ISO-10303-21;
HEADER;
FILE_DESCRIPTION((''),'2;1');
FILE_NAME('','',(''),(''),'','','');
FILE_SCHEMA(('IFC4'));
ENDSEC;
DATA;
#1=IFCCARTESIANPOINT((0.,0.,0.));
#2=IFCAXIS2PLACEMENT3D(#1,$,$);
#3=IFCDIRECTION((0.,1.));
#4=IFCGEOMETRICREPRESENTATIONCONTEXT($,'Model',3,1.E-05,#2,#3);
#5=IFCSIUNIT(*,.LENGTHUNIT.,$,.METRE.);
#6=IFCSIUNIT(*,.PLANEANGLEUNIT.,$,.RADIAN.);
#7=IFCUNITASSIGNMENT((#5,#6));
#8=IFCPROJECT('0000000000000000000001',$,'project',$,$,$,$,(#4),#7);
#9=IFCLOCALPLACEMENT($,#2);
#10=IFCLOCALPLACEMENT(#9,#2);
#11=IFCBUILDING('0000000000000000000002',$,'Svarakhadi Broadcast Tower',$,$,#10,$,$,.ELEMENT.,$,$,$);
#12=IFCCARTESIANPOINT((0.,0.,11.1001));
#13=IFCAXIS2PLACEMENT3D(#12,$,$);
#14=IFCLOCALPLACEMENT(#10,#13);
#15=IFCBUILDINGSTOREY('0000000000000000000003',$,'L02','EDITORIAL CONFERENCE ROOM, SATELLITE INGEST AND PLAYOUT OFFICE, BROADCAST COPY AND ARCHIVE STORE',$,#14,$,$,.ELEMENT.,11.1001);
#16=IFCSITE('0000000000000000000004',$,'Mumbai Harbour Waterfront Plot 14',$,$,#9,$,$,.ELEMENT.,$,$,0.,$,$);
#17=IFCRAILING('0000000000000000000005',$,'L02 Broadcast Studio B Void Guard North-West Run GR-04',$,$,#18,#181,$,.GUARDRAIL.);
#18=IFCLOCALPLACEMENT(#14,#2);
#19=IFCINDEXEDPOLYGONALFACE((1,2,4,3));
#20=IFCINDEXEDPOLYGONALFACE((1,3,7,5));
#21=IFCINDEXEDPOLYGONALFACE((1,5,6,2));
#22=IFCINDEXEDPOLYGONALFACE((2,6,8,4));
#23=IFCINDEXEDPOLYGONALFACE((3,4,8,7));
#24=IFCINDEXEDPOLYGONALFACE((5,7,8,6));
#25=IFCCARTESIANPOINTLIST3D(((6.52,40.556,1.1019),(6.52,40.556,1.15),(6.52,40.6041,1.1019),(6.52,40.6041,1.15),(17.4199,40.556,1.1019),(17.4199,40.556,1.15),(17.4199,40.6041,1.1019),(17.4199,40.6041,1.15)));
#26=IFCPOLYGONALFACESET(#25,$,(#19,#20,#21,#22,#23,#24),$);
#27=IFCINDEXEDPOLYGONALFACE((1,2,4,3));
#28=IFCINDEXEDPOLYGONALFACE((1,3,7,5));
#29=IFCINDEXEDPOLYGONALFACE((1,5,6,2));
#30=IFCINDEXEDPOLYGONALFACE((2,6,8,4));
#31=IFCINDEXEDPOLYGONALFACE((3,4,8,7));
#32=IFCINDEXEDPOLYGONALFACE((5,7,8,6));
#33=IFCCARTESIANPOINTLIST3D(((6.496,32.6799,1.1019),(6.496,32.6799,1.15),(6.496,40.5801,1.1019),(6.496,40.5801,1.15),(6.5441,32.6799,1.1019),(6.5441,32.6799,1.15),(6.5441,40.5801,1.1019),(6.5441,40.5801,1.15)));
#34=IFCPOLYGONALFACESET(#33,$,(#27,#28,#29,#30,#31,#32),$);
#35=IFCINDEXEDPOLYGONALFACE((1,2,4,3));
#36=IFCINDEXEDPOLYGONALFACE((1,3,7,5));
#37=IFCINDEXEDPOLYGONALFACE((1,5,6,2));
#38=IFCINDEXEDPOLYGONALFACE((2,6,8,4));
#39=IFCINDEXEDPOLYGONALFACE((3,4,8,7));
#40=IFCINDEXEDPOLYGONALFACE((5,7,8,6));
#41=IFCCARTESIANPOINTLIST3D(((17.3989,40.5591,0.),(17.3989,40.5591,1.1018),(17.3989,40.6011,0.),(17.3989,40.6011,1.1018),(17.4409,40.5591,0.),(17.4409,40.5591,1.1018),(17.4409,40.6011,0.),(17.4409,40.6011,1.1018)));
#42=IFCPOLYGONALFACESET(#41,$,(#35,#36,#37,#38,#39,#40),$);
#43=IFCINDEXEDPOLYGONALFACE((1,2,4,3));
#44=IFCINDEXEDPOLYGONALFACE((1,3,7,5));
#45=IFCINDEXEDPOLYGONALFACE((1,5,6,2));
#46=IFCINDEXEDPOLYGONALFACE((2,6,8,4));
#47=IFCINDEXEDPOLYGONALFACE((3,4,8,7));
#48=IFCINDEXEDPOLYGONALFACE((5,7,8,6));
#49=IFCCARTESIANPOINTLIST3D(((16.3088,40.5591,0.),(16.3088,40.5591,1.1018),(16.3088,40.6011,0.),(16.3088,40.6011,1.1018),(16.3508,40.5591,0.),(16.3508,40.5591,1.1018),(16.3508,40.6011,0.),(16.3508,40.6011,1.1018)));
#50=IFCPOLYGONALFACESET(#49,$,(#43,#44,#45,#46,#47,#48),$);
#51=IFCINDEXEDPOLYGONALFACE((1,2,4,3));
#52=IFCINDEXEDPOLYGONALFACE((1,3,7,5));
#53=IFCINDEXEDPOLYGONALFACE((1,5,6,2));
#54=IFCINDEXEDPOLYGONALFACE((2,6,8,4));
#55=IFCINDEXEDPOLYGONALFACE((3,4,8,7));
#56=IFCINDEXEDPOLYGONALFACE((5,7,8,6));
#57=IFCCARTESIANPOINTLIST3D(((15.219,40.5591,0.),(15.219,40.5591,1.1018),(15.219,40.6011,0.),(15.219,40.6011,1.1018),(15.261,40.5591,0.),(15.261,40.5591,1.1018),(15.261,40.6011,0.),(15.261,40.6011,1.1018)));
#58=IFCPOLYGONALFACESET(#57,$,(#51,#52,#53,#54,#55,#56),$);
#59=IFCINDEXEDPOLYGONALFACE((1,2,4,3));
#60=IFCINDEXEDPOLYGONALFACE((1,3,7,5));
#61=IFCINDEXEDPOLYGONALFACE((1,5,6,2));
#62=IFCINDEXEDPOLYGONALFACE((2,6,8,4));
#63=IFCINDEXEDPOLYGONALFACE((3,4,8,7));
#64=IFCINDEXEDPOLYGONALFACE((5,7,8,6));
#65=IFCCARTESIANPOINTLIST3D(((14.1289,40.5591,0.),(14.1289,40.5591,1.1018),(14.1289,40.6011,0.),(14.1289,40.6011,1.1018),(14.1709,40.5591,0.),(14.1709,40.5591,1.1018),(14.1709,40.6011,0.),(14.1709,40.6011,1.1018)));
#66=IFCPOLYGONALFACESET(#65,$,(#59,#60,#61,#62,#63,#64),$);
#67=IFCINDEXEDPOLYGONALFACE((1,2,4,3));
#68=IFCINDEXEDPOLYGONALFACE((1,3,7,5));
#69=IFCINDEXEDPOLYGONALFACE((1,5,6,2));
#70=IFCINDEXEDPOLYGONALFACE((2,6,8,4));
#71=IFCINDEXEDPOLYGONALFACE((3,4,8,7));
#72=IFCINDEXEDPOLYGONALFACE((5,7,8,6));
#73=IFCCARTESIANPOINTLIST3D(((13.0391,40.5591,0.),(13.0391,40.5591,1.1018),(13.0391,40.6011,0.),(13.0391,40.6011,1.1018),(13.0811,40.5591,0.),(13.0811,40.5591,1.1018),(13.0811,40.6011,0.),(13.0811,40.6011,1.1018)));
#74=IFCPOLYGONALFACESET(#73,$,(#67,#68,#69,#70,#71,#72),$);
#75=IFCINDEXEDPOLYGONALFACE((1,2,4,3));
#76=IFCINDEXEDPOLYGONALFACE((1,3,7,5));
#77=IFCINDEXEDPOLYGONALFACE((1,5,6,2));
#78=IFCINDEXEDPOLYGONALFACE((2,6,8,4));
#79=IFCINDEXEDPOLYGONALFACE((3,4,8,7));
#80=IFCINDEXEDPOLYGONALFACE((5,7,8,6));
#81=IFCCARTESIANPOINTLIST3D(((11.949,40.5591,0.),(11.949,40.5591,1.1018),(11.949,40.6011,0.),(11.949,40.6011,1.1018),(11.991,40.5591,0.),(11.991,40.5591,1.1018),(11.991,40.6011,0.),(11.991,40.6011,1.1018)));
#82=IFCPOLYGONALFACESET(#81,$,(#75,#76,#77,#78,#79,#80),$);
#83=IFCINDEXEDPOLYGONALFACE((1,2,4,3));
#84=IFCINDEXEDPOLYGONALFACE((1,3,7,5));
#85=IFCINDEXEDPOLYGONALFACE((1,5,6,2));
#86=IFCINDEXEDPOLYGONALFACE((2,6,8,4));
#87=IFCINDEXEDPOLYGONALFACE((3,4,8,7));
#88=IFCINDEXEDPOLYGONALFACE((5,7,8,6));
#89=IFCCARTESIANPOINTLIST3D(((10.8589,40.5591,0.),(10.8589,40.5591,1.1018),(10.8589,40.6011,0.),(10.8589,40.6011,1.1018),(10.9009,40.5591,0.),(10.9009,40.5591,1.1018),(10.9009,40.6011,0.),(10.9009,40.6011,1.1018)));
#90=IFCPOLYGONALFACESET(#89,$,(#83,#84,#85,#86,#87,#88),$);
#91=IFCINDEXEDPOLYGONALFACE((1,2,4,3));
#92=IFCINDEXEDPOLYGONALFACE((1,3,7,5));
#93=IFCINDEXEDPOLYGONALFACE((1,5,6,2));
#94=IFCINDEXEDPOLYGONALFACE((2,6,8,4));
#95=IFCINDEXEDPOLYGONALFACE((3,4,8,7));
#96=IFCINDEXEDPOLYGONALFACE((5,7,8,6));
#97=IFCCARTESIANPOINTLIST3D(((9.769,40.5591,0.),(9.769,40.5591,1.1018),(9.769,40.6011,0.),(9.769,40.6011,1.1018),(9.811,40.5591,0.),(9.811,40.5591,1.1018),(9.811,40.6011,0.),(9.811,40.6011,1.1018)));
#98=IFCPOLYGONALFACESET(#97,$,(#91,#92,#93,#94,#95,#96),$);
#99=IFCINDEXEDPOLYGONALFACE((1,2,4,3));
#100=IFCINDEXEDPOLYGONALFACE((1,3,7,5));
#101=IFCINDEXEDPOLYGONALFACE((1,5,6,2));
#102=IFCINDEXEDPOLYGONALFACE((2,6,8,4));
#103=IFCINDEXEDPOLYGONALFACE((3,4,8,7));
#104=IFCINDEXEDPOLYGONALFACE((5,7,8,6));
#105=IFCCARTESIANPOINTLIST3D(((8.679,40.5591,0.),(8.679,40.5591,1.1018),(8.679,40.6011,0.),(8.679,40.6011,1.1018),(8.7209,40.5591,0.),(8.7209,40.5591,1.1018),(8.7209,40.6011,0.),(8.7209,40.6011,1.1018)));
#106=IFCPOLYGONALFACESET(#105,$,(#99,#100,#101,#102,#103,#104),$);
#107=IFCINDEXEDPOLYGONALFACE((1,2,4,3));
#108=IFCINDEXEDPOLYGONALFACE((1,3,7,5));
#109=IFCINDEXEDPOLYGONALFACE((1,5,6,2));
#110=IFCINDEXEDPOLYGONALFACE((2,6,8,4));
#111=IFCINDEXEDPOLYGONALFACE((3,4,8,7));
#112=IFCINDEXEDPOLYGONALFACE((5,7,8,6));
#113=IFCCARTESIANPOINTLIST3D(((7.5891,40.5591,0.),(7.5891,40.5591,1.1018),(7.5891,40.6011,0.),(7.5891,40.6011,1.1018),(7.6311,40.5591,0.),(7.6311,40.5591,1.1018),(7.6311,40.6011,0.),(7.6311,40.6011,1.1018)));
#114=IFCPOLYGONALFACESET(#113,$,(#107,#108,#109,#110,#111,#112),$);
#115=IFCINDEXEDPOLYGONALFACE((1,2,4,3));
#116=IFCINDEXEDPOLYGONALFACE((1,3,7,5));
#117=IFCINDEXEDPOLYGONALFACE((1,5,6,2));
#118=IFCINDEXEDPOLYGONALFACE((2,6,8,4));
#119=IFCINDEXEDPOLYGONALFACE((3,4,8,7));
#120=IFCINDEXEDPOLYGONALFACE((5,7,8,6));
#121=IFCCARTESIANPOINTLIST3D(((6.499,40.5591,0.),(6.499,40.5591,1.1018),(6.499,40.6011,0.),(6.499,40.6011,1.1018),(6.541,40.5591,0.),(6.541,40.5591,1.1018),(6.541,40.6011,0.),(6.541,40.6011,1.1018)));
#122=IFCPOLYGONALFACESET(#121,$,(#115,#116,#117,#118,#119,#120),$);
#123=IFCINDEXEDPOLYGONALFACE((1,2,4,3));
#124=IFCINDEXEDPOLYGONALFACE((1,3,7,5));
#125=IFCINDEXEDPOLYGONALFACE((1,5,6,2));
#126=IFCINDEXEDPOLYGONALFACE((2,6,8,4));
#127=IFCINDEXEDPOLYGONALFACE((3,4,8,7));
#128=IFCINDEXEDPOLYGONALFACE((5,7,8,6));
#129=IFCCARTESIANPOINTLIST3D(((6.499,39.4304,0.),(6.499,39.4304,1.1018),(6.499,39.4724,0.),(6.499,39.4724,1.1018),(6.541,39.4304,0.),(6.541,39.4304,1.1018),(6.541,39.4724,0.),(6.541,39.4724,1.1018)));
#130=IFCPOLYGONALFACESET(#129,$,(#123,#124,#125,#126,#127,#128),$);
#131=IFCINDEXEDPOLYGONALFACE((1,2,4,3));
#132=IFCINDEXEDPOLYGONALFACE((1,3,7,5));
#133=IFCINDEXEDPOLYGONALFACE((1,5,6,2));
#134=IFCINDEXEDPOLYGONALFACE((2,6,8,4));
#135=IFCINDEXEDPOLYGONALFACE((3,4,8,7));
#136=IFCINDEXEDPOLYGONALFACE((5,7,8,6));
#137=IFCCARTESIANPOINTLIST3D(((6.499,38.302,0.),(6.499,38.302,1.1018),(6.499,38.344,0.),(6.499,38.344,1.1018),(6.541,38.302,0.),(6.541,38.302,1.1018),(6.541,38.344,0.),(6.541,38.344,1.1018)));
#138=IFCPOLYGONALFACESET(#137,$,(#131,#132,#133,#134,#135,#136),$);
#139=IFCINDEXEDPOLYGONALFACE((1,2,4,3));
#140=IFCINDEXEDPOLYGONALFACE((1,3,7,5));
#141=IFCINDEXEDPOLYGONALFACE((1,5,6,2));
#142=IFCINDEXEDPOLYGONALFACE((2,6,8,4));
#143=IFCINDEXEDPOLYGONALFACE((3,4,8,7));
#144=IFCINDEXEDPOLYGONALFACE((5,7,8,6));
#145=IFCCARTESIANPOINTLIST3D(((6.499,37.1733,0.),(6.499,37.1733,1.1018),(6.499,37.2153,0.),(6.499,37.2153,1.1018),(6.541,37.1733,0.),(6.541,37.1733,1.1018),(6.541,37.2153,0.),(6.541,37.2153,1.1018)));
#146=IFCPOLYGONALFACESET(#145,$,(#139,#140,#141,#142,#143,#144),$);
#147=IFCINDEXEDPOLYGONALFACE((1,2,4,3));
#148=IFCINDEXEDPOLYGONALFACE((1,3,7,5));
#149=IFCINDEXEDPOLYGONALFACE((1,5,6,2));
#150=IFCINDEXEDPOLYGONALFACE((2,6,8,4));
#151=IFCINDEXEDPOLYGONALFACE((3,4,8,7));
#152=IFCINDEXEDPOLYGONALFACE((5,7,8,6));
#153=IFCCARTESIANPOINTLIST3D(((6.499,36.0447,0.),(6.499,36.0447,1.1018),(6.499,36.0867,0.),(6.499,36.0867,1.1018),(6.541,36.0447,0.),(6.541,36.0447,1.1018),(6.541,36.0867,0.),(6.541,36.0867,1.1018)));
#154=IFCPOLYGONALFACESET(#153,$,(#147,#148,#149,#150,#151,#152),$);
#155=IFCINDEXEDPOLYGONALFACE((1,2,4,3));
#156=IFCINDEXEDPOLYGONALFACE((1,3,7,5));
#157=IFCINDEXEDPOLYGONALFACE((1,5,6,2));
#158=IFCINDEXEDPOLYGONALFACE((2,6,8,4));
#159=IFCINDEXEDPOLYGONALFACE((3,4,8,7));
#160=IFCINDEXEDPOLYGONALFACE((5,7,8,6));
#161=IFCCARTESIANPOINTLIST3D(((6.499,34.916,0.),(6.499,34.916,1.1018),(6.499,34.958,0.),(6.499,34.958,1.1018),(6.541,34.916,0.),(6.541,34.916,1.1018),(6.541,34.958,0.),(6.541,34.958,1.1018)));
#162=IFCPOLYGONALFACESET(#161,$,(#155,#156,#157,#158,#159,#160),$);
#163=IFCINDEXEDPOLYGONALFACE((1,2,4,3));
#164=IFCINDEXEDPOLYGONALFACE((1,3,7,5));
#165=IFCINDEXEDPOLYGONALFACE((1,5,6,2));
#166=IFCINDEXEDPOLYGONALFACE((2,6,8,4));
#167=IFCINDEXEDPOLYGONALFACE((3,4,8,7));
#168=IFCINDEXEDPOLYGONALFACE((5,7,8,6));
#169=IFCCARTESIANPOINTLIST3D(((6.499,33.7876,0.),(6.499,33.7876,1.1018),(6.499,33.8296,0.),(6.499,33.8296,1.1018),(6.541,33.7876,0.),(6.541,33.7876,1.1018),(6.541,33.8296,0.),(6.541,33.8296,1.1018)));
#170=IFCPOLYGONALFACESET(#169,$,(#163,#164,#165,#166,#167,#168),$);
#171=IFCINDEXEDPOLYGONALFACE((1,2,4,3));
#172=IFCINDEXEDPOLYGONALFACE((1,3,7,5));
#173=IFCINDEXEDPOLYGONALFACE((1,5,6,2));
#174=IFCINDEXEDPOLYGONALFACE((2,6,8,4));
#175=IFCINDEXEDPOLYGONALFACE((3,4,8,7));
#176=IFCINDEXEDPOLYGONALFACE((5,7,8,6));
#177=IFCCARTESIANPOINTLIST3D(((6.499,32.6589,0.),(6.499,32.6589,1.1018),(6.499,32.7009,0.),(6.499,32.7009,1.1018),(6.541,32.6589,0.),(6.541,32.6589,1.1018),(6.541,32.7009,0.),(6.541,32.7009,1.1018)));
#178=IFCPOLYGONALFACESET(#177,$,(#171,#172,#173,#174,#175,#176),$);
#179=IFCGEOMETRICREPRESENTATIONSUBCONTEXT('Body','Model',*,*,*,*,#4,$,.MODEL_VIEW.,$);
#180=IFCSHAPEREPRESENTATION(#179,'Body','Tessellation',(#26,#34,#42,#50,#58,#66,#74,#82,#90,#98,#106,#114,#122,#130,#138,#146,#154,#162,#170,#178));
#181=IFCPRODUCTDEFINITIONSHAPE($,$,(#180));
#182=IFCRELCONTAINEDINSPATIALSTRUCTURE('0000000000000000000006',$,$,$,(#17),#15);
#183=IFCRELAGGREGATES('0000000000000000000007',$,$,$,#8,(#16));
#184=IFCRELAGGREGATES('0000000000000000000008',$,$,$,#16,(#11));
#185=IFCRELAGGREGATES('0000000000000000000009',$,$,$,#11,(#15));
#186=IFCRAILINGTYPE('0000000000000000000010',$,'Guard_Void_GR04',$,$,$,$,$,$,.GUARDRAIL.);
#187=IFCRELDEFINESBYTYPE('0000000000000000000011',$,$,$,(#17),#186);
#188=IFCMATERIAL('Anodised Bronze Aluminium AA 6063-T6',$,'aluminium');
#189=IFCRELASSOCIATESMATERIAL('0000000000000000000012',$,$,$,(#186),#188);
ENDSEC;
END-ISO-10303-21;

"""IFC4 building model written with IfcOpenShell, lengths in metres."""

from ifc_helpers import new_model, si_unit, direction, frame, origin, origin_2d, place, context, subcontext, project, spatial, rectangle, extrude, material, type_object, element, save


model = new_model("IFC4")

# Units and contexts
model_context = context("Model", 3, precision=1e-05, world=origin(), true_north=direction((0.0, 1.0)))
body_context = subcontext(model_context, "Body", "Model", "MODEL_VIEW")
ifc_project = project(units=[si_unit("LENGTHUNIT", "METRE"), si_unit("PLANEANGLEUNIT", "RADIAN")], contexts=[model_context])

# Site, building, storey
site_placement = place(None, origin())
site = spatial("IfcSite", under=ifc_project, at=site_placement, Name="Mumbai Harbour Waterfront Plot 14", CompositionType="ELEMENT", RefElevation=0.0)
building_placement = place(site_placement, origin())
building = spatial("IfcBuilding", under=site, at=building_placement, Name="Svarakhadi Broadcast Tower", CompositionType="ELEMENT")
storey_placement = place(building_placement, frame((0.0, 0.0, 11.1001)))
storey = spatial("IfcBuildingStorey", under=building, at=storey_placement, Name="L02", Description="EDITORIAL CONFERENCE ROOM, SATELLITE INGEST AND PLAYOUT OFFICE, BROADCAST COPY AND ARCHIVE STORE", CompositionType="ELEMENT", Elevation=11.1001)

# Shared definitions
ifc_material_1 = material(Name="Anodised Bronze Aluminium AA 6063-T6", Category="aluminium")

# Railing
railing_type = type_object("IfcRailingType", Name="Guard_Void_GR04", PredefinedType="GUARDRAIL", material=ifc_material_1)
railing_1_placement = place(storey_placement, frame((17.4199, 40.5801, 0.0)))
element("IfcRailing", 1, at=railing_1_placement, inside=storey, type_object=railing_type, Name="L02 Broadcast Studio B Void Guard North-West Run GR-04", PredefinedType="GUARDRAIL", context=body_context, shape_type="SweptSolid", body=[
    extrude(rectangle(XDim=0.0481, YDim=0.0481, at=origin_2d()), frame((0.0, 0.0, 1.126), z_axis=(-1.0, 0.0, 0.0), x_axis=(0.0, -1.0, 0.0)), (0.0, 0.0, 1.0), 10.8999),
    extrude(rectangle(XDim=0.0481, YDim=0.0481, at=origin_2d()), frame((-10.8999, 0.0, 1.126), z_axis=(0.0, -1.0, 0.0), x_axis=(1.0, 0.0, 0.0)), (0.0, 0.0, 1.0), 7.9001),
    extrude(rectangle(XDim=0.042, YDim=0.042, at=origin_2d()), origin(), (0.0, 0.0, 1.0), 1.1018),
    extrude(rectangle(XDim=0.042, YDim=0.042, at=origin_2d()), frame((-1.0901, 0.0, 0.0)), (0.0, 0.0, 1.0), 1.1018),
    extrude(rectangle(XDim=0.042, YDim=0.042, at=origin_2d()), frame((-2.1799, 0.0, 0.0)), (0.0, 0.0, 1.0), 1.1018),
    extrude(rectangle(XDim=0.042, YDim=0.042, at=origin_2d()), frame((-3.27, 0.0, 0.0)), (0.0, 0.0, 1.0), 1.1018),
    extrude(rectangle(XDim=0.042, YDim=0.042, at=origin_2d()), frame((-4.3599, 0.0, 0.0)), (0.0, 0.0, 1.0), 1.1018),
    extrude(rectangle(XDim=0.042, YDim=0.042, at=origin_2d()), frame((-5.45, 0.0, 0.0)), (0.0, 0.0, 1.0), 1.1018),
    extrude(rectangle(XDim=0.042, YDim=0.042, at=origin_2d()), frame((-6.54, 0.0, 0.0)), (0.0, 0.0, 1.0), 1.1018),
    extrude(rectangle(XDim=0.042, YDim=0.042, at=origin_2d()), frame((-7.6299, 0.0, 0.0)), (0.0, 0.0, 1.0), 1.1018),
    extrude(rectangle(XDim=0.042, YDim=0.042, at=origin_2d()), frame((-8.72, 0.0, 0.0)), (0.0, 0.0, 1.0), 1.1018),
    extrude(rectangle(XDim=0.042, YDim=0.042, at=origin_2d()), frame((-9.8098, 0.0, 0.0)), (0.0, 0.0, 1.0), 1.1018),
    extrude(rectangle(XDim=0.042, YDim=0.042, at=origin_2d()), frame((-10.8999, 0.0, 0.0)), (0.0, 0.0, 1.0), 1.1018),
    extrude(rectangle(XDim=0.042, YDim=0.042, at=origin_2d()), frame((-10.8999, -1.1287, 0.0)), (0.0, 0.0, 1.0), 1.1018),
    extrude(rectangle(XDim=0.042, YDim=0.042, at=origin_2d()), frame((-10.8999, -2.2571, 0.0)), (0.0, 0.0, 1.0), 1.1018),
    extrude(rectangle(XDim=0.042, YDim=0.042, at=origin_2d()), frame((-10.8999, -3.3857, 0.0)), (0.0, 0.0, 1.0), 1.1018),
    extrude(rectangle(XDim=0.042, YDim=0.042, at=origin_2d()), frame((-10.8999, -4.5144, 0.0)), (0.0, 0.0, 1.0), 1.1018),
    extrude(rectangle(XDim=0.042, YDim=0.042, at=origin_2d()), frame((-10.8999, -5.6431, 0.0)), (0.0, 0.0, 1.0), 1.1018),
    extrude(rectangle(XDim=0.042, YDim=0.042, at=origin_2d()), frame((-10.8999, -6.7715, 0.0)), (0.0, 0.0, 1.0), 1.1018),
    extrude(rectangle(XDim=0.042, YDim=0.042, at=origin_2d()), frame((-10.8999, -7.9001, 0.0)), (0.0, 0.0, 1.0), 1.1018),
])

save(model, "model.ifc")
